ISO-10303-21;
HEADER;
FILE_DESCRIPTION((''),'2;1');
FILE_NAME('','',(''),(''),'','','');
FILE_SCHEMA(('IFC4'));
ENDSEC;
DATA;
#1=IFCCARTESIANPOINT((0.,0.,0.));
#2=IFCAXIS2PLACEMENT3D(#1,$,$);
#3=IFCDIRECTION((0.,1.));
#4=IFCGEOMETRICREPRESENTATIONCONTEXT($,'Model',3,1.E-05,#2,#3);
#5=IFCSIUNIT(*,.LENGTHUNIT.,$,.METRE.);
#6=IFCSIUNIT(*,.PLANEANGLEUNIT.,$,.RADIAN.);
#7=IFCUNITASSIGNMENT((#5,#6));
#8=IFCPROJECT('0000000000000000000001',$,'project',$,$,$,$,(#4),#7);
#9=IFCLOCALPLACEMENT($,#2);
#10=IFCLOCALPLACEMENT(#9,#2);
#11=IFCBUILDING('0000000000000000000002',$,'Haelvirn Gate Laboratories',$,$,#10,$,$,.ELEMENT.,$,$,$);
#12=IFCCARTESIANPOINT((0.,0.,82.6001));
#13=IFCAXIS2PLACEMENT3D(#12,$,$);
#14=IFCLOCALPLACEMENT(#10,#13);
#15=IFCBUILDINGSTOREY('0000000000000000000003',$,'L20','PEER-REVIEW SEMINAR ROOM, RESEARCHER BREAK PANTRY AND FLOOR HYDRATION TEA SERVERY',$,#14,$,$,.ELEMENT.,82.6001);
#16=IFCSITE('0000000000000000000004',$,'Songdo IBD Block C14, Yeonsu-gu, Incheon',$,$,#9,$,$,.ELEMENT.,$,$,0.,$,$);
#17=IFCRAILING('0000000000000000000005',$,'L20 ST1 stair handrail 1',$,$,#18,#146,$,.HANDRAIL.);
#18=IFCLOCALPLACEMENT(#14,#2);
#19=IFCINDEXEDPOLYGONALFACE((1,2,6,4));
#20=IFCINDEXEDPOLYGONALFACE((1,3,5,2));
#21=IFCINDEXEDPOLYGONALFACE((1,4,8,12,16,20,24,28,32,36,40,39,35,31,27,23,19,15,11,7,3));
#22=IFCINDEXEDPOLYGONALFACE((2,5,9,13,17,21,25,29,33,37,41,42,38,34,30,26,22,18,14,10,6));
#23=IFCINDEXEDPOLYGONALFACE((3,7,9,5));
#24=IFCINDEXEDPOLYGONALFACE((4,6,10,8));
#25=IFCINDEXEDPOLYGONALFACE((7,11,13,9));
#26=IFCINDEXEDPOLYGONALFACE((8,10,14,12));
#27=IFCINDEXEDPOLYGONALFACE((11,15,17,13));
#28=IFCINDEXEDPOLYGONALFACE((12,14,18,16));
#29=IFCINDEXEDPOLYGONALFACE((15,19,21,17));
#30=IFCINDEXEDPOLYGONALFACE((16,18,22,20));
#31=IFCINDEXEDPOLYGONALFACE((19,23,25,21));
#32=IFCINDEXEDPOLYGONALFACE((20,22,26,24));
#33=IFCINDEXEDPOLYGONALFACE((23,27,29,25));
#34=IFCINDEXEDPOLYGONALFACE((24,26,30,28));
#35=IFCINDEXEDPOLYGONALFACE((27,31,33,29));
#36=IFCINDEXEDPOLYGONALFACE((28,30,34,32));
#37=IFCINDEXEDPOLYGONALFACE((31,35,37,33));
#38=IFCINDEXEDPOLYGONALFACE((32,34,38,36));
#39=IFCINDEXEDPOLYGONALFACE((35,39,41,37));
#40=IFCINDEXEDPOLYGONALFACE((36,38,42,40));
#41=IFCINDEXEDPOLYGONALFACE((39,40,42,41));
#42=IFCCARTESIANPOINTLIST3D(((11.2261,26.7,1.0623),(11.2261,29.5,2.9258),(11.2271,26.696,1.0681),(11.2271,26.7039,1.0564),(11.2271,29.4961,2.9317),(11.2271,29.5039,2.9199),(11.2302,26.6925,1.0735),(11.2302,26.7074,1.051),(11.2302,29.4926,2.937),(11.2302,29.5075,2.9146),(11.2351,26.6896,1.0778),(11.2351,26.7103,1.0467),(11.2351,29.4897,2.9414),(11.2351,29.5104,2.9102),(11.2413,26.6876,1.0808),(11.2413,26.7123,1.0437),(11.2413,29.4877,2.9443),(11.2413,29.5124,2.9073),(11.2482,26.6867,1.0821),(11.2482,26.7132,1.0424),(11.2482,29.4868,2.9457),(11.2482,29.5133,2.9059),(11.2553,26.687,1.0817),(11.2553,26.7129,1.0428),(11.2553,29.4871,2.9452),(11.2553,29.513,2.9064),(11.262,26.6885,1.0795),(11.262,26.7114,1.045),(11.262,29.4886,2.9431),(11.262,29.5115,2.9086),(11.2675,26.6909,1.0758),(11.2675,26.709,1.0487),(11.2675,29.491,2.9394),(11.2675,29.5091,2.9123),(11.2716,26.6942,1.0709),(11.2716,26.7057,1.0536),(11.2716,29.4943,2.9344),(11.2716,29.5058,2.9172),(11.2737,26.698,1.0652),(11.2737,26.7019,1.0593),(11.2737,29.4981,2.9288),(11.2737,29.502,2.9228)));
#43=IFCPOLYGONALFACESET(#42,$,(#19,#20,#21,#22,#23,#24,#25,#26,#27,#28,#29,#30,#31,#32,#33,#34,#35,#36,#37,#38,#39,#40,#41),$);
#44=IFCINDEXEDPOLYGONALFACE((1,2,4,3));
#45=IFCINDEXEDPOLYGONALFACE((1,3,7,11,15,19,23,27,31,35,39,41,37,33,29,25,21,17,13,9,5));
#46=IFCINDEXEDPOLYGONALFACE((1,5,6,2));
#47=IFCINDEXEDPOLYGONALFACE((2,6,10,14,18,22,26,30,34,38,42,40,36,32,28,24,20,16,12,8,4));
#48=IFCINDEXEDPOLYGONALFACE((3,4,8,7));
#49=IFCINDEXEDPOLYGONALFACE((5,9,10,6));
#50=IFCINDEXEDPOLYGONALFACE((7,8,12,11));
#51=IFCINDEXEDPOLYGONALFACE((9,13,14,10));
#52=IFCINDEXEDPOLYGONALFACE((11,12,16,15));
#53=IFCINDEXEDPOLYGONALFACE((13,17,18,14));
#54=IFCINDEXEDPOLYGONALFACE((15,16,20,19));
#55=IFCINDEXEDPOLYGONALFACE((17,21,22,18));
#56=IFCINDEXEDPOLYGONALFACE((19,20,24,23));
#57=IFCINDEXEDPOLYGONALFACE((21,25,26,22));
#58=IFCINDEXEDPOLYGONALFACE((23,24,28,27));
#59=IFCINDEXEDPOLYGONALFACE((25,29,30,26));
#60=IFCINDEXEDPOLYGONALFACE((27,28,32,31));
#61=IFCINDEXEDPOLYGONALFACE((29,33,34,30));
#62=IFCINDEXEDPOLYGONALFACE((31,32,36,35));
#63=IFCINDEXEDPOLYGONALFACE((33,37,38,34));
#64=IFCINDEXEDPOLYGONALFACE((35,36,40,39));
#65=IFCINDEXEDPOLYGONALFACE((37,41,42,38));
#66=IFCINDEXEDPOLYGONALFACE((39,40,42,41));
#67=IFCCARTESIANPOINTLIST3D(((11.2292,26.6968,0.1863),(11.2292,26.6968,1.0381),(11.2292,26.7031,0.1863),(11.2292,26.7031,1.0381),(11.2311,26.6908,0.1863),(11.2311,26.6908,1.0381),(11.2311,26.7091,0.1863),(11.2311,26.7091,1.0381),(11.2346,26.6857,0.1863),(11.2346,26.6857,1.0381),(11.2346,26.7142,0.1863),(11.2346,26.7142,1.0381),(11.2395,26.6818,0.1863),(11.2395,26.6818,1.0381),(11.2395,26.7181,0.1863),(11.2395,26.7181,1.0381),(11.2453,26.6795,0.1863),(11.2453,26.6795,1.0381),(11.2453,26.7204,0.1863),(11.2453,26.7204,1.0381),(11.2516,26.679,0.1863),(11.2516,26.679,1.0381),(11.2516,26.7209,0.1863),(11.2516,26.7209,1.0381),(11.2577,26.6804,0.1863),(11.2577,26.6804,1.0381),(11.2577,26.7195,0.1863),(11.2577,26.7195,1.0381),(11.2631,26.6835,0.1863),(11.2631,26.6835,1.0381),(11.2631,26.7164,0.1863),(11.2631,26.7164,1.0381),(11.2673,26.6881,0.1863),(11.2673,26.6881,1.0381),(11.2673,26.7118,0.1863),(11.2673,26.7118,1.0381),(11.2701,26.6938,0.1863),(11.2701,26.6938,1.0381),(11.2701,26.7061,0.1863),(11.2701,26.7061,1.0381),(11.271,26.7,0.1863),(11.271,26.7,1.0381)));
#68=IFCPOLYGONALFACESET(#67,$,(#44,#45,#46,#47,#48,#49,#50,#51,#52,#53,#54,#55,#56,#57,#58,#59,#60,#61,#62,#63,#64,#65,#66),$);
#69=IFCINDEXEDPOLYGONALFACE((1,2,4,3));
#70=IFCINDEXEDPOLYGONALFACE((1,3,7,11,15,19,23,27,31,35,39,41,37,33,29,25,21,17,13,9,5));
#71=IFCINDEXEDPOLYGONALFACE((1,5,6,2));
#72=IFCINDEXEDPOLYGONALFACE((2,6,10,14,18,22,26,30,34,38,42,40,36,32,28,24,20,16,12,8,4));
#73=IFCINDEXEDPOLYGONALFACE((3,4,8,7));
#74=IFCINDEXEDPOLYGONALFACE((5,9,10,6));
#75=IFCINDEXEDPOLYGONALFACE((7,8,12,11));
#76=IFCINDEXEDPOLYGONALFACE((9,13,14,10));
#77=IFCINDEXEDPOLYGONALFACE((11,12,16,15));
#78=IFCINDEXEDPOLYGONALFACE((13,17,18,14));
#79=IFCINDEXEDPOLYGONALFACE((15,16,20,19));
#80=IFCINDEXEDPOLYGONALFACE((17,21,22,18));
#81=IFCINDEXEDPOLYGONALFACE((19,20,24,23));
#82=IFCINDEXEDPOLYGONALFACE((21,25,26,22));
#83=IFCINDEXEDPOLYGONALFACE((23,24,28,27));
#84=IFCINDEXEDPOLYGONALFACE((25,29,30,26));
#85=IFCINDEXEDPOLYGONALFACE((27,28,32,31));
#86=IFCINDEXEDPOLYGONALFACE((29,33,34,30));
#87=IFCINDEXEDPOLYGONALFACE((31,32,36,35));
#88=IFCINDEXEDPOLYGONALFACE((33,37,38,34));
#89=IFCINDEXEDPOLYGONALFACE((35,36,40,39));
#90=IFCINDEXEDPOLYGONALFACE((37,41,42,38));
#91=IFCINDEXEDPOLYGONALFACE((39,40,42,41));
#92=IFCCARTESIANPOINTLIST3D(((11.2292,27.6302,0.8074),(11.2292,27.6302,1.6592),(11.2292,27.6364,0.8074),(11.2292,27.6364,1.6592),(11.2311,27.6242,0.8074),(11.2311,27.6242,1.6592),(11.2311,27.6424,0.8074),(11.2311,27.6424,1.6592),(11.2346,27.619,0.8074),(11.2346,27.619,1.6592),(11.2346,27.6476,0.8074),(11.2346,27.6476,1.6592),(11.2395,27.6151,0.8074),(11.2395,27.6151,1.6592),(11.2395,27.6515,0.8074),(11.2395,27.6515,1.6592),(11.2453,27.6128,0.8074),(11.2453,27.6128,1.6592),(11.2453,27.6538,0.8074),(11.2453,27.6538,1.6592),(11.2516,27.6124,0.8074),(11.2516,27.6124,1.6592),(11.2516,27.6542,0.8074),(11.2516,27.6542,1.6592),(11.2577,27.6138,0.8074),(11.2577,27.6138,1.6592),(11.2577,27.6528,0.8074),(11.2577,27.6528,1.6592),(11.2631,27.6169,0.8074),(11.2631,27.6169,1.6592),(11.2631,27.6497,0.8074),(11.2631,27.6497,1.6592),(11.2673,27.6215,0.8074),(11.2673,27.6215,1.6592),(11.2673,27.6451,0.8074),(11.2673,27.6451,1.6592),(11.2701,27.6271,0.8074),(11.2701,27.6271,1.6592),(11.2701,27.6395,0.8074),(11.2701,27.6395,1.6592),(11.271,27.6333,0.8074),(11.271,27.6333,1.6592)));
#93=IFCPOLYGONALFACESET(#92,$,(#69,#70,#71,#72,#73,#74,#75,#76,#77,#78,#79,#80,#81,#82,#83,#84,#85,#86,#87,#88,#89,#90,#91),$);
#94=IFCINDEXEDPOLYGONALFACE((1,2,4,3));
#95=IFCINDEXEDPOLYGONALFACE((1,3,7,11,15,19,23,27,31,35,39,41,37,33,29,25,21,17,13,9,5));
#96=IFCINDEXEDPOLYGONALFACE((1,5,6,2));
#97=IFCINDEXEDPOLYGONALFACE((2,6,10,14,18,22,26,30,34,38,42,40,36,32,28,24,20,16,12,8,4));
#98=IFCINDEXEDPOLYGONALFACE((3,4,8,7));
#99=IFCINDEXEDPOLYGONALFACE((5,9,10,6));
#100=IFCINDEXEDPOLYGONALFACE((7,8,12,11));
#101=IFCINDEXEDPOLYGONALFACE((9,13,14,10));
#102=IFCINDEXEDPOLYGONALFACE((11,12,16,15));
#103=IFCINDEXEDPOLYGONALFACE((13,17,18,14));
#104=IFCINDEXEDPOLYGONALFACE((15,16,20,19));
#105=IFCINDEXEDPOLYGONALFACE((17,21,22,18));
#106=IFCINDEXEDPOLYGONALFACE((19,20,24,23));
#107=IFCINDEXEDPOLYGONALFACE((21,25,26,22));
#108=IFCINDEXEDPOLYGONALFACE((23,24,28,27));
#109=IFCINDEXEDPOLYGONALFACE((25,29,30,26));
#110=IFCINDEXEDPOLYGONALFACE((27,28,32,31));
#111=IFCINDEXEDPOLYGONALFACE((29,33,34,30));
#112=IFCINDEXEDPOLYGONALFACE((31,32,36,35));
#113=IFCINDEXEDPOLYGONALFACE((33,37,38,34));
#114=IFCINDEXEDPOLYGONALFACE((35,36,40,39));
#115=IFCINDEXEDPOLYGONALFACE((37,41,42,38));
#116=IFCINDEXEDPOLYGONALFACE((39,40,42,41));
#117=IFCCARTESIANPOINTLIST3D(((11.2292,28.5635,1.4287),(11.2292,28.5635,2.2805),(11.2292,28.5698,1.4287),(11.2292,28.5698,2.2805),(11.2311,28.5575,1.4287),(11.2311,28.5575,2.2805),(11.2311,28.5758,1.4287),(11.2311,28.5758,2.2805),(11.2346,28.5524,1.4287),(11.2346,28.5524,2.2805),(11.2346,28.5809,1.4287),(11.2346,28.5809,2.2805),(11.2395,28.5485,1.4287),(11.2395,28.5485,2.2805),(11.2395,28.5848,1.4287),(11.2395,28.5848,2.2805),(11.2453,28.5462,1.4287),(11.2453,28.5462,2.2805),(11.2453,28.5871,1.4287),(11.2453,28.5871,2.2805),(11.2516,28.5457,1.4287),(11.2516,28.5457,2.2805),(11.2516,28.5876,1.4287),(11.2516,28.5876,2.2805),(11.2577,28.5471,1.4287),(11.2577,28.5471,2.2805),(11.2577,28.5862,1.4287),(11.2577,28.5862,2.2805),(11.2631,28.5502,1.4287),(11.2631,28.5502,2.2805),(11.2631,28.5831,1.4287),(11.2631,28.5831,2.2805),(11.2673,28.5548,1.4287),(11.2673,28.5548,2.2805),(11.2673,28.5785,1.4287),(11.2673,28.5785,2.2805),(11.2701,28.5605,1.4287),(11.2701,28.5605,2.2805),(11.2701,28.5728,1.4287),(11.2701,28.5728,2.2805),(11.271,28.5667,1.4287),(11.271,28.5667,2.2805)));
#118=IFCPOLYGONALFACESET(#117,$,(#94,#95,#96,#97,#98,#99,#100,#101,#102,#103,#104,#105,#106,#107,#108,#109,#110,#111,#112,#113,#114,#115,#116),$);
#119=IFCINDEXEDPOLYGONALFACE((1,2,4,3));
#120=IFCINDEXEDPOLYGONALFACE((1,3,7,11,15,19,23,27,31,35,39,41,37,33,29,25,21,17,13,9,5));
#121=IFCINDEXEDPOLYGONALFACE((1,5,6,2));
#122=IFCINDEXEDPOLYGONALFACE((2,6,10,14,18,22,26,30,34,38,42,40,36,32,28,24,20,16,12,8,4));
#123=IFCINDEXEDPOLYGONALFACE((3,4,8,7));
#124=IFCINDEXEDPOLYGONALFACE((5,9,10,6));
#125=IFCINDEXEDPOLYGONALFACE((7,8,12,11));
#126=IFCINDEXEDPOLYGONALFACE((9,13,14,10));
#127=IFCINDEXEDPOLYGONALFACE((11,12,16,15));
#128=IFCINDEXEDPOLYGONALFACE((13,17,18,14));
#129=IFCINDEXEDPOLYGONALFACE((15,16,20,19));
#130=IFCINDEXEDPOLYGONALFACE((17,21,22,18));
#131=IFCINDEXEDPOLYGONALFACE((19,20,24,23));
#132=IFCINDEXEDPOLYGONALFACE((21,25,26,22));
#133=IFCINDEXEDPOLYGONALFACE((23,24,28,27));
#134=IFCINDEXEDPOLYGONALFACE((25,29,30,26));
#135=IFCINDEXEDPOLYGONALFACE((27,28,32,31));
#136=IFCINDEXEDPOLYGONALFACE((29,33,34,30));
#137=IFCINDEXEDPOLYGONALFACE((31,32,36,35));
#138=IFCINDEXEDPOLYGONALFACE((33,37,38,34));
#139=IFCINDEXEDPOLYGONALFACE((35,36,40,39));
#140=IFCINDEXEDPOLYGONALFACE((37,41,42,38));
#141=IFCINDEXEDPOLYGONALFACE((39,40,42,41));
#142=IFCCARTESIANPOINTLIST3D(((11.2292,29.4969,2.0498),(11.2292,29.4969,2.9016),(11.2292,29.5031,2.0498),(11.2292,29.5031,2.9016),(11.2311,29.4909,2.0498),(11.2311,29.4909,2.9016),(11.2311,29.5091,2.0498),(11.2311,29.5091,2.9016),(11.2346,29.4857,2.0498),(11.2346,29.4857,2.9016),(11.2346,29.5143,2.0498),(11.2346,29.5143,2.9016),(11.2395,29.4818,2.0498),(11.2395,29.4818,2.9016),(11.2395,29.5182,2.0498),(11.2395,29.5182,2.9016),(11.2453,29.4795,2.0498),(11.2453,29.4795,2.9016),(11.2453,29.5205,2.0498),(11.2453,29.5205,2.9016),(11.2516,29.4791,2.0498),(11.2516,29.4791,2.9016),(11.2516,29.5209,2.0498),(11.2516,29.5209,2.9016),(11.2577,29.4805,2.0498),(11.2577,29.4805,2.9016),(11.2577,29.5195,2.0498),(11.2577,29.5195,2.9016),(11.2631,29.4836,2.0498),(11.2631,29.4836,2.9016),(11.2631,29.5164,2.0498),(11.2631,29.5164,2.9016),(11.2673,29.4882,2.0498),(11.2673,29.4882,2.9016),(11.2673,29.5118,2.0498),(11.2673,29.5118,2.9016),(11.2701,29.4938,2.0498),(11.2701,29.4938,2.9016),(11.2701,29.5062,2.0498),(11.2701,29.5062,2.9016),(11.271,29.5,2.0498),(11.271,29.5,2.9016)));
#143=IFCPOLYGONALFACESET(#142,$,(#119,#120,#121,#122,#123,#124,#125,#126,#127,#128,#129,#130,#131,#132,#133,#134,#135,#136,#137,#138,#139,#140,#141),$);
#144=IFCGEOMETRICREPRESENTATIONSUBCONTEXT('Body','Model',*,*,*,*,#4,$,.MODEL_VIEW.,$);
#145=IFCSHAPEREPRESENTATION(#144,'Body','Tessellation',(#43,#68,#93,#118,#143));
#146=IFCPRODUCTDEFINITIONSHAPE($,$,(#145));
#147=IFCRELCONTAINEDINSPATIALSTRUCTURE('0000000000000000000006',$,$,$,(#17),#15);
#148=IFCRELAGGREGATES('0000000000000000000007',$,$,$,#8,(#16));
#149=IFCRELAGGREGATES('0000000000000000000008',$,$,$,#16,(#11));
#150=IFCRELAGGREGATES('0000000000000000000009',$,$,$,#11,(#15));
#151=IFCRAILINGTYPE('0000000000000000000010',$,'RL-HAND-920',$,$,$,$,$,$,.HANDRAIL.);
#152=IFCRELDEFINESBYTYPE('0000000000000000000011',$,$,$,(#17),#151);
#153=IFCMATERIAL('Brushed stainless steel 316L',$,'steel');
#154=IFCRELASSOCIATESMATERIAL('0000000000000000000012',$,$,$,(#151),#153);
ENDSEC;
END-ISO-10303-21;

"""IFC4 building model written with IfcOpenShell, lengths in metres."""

from ifc_helpers import new_model, si_unit, direction, frame, origin, origin_2d, place, context, subcontext, project, spatial, circle, extrude, source, transform, mapped, material, type_object, element, save


model = new_model("IFC4")

# Units and contexts
model_context = context("Model", 3, precision=1e-05, world=origin(), true_north=direction((0.0, 1.0)))
body_context = subcontext(model_context, "Body", "Model", "MODEL_VIEW")
ifc_project = project(units=[si_unit("LENGTHUNIT", "METRE"), si_unit("PLANEANGLEUNIT", "RADIAN")], contexts=[model_context])

# Site, building, storey
site_placement = place(None, origin())
site = spatial("IfcSite", under=ifc_project, at=site_placement, Name="Songdo IBD Block C14, Yeonsu-gu, Incheon", CompositionType="ELEMENT", RefElevation=0.0)
building_placement = place(site_placement, origin())
building = spatial("IfcBuilding", under=site, at=building_placement, Name="Haelvirn Gate Laboratories", CompositionType="ELEMENT")
storey_placement = place(building_placement, frame((0.0, 0.0, 82.6001)))
storey = spatial("IfcBuildingStorey", under=building, at=storey_placement, Name="L20", Description="PEER-REVIEW SEMINAR ROOM, RESEARCHER BREAK PANTRY AND FLOOR HYDRATION TEA SERVERY", CompositionType="ELEMENT", Elevation=82.6001)

# Railing
ifc_material_1 = material(Name="Brushed stainless steel 316L", Category="steel")
railing_type_1 = type_object("IfcRailingType", Name="RL-HAND-920", PredefinedType="HANDRAIL", material=ifc_material_1)
shared_shape_1 = source(origin(), body_context, "Body", "SweptSolid", [
    extrude(circle(Radius=0.0239, at=origin_2d()), frame((0.0, 0.0, 0.876), z_axis=(0.0, 0.832486, 0.554047), x_axis=(-1.0, 0.0, 0.0)), (0.0, 0.0, 1.0), 3.3635),
    extrude(circle(Radius=0.021, at=origin_2d()), origin(), (0.0, 0.0, 1.0), 0.8518),
    extrude(circle(Radius=0.021, at=origin_2d()), frame((0.0, 0.9333, 0.6211)), (0.0, 0.0, 1.0), 0.8518),
    extrude(circle(Radius=0.021, at=origin_2d()), frame((0.0, 1.8667, 1.2424)), (0.0, 0.0, 1.0), 0.8518),
    extrude(circle(Radius=0.021, at=origin_2d()), frame((0.0, 2.8, 1.8635)), (0.0, 0.0, 1.0), 0.8518),
])
railing_1_placement = place(storey_placement, frame((11.25, 26.7, 0.1863)))
element("IfcRailing", 1, at=railing_1_placement, inside=storey, type_object=railing_type_1, Name="L20 ST1 stair handrail 1", PredefinedType="HANDRAIL", context=body_context, shape_type="MappedRepresentation", body=[
    mapped(shared_shape_1, transform((0.0, 0.0, 0.0), scale=1.0)),
])

save(model, "model.ifc")
